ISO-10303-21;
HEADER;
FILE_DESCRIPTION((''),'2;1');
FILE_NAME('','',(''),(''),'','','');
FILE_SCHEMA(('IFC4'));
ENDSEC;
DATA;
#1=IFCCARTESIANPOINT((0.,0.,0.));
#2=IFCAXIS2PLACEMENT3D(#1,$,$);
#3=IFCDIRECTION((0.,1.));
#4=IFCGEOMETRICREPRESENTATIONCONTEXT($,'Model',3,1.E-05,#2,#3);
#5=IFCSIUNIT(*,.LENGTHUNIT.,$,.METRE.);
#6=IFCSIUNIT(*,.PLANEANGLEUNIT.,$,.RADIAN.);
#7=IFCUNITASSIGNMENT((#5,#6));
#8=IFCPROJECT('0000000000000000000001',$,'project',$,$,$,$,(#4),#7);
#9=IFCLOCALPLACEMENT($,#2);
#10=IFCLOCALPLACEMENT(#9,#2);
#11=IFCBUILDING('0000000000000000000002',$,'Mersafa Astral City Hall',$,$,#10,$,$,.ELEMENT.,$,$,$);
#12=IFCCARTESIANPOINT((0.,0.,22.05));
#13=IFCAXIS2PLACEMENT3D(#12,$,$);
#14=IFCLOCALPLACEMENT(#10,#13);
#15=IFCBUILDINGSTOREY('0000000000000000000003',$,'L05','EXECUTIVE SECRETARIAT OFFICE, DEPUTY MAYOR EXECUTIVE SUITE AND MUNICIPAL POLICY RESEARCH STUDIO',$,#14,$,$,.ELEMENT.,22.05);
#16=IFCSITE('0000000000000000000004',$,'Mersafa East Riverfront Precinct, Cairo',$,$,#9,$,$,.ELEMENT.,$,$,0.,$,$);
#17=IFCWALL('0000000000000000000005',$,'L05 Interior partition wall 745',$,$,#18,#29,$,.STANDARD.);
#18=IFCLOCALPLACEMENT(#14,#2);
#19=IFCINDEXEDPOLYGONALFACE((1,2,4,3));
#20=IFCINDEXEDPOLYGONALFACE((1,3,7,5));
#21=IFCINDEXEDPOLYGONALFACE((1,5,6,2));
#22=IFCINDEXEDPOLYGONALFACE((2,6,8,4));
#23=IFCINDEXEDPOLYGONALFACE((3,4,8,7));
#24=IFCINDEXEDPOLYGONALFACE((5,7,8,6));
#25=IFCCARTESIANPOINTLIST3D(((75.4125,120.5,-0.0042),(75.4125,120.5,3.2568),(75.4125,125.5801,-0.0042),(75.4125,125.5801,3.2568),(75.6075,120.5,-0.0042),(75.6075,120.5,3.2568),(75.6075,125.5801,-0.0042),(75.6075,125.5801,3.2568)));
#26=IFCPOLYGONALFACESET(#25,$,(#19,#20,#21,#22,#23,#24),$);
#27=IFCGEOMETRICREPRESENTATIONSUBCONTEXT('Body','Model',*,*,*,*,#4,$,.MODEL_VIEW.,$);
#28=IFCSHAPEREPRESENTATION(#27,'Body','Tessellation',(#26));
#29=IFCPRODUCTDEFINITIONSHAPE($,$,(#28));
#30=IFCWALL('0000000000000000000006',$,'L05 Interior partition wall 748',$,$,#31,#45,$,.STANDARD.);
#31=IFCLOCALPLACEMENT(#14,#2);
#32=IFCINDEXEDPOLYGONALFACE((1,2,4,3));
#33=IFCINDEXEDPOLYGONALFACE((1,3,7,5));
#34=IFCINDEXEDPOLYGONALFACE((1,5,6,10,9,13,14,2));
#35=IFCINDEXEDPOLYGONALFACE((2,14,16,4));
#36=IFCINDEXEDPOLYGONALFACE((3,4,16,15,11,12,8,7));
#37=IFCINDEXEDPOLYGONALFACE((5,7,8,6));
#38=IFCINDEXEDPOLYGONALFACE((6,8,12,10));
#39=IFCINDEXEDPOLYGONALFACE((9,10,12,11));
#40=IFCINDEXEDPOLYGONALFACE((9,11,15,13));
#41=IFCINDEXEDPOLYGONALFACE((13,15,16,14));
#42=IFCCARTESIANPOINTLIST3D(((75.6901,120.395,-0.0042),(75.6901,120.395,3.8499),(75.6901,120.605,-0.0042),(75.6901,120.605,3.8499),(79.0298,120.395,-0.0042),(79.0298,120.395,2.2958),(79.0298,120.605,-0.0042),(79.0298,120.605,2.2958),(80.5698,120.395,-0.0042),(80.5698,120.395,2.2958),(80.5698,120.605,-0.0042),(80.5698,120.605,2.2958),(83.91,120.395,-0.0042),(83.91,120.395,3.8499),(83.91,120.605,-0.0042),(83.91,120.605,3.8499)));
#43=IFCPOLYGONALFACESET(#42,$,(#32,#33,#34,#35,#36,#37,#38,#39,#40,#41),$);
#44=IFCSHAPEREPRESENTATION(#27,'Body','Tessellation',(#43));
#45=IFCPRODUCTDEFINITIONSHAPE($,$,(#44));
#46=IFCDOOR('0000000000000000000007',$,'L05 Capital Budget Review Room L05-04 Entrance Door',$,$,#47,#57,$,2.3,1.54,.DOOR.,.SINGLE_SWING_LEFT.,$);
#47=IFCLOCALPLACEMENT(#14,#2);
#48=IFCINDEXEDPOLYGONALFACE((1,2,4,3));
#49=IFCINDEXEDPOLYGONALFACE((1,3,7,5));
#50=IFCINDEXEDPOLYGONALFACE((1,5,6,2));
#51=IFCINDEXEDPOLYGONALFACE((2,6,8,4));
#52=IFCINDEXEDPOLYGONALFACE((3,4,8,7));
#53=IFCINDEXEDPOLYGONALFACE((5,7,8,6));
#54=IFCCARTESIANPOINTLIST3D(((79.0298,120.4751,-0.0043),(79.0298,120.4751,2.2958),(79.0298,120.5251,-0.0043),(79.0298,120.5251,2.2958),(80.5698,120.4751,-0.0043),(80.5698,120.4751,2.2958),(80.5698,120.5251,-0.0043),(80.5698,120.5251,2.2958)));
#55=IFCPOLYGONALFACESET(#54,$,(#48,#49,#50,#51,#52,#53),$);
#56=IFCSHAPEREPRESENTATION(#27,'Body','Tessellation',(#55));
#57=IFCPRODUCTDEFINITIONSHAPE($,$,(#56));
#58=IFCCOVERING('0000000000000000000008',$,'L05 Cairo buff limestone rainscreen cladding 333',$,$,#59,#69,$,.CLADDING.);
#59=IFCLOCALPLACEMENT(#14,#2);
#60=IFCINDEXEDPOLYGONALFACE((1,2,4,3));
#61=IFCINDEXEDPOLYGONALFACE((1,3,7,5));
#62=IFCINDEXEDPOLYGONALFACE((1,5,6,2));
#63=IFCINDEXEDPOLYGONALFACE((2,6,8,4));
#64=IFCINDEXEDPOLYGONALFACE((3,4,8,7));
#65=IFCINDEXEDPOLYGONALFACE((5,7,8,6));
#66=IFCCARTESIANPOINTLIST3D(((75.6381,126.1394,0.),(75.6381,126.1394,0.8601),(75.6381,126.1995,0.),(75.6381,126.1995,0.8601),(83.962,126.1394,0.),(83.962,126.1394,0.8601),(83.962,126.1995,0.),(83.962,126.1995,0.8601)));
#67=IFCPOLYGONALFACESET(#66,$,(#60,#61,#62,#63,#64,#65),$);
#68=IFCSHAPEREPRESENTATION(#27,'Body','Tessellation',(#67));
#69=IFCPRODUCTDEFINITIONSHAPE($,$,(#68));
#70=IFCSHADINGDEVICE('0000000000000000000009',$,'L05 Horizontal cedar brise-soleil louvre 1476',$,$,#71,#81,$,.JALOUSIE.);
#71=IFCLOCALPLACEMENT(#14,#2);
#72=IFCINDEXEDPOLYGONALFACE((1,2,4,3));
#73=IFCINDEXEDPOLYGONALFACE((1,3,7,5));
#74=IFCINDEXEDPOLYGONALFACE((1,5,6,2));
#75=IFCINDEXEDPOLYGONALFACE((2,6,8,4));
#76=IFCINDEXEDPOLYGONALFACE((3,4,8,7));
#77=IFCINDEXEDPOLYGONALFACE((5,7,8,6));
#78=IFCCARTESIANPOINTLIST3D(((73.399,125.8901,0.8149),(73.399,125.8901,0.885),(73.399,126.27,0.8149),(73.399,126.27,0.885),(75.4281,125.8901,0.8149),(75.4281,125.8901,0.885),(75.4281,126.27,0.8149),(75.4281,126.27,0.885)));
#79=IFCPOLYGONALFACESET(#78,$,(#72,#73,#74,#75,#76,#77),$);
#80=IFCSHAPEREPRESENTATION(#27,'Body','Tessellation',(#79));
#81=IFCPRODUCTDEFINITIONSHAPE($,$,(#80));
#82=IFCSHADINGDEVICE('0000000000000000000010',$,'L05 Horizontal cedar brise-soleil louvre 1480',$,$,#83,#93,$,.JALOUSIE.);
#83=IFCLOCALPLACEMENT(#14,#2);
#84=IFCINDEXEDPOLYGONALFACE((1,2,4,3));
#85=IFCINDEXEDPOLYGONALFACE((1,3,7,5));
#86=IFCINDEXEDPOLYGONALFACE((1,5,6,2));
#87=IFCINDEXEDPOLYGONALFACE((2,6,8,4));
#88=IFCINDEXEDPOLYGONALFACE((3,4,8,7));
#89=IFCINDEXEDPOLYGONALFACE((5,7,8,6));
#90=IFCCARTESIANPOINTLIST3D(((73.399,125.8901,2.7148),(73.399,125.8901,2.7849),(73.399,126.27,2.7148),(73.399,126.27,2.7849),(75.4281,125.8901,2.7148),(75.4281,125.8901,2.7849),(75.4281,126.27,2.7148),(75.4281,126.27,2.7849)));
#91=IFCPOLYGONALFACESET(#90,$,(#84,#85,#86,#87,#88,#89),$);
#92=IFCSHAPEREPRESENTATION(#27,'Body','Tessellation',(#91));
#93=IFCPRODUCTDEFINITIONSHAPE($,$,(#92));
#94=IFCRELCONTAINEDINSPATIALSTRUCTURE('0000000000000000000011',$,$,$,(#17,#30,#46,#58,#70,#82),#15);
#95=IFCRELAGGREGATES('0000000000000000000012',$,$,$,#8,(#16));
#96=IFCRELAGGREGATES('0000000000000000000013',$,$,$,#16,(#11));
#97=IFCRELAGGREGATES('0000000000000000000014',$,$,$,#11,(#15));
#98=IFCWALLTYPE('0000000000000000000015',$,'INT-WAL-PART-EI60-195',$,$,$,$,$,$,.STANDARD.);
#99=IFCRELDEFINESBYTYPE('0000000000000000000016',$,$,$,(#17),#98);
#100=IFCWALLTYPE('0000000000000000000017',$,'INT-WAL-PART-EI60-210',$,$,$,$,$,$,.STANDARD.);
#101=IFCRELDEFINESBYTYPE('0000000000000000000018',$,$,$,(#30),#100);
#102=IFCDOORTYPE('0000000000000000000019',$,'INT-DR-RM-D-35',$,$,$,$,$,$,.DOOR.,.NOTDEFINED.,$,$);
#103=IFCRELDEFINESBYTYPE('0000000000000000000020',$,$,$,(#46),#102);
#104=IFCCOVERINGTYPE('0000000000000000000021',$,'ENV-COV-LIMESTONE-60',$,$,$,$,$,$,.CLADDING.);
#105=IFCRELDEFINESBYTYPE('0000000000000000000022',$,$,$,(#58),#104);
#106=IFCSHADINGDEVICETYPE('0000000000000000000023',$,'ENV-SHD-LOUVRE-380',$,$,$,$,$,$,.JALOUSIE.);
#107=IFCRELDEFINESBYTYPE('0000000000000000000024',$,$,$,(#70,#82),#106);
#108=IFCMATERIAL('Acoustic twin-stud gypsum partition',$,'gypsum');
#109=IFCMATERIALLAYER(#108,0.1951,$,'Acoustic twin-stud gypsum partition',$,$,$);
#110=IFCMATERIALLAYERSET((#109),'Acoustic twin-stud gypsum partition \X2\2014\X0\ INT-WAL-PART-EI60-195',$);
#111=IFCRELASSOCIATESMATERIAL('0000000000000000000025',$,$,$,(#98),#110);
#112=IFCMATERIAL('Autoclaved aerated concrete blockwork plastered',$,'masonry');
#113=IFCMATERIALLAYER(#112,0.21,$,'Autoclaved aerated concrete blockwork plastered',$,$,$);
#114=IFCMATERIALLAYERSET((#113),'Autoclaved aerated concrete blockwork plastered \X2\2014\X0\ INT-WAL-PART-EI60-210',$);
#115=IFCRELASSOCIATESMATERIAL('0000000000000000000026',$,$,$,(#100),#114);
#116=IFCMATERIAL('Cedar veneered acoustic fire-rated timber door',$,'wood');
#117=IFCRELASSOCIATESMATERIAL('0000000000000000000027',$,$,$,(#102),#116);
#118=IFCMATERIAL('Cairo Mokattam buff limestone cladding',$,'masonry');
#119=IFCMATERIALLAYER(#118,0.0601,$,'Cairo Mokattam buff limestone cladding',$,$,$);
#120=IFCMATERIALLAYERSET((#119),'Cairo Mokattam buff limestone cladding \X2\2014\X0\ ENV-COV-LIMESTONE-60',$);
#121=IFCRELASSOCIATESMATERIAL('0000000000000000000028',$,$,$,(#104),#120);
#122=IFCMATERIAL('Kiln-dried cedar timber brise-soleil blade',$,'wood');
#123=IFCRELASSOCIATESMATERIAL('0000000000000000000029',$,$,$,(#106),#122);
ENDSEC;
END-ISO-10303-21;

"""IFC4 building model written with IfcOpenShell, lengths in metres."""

from ifc_helpers import new_model, si_unit, direction, frame, frame_2d, origin, origin_2d, place, context, subcontext, project, spatial, rectangle, extrude, material, layer, layer_set, type_object, element, fill, save


model = new_model("IFC4")

# Units and contexts
model_context = context("Model", 3, precision=1e-05, world=origin(), true_north=direction((0.0, 1.0)))
body_context = subcontext(model_context, "Body", "Model", "MODEL_VIEW")
ifc_project = project(units=[si_unit("LENGTHUNIT", "METRE"), si_unit("PLANEANGLEUNIT", "RADIAN")], contexts=[model_context])

# Site, building, storey
site_placement = place(None, origin())
site = spatial("IfcSite", under=ifc_project, at=site_placement, Name="Mersafa East Riverfront Precinct, Cairo", CompositionType="ELEMENT", RefElevation=0.0)
building_placement = place(site_placement, origin())
building = spatial("IfcBuilding", under=site, at=building_placement, Name="Mersafa Astral City Hall", CompositionType="ELEMENT")
storey_placement = place(building_placement, frame((0.0, 0.0, 22.05)))
storey = spatial("IfcBuildingStorey", under=building, at=storey_placement, Name="L05", Description="EXECUTIVE SECRETARIAT OFFICE, DEPUTY MAYOR EXECUTIVE SUITE AND MUNICIPAL POLICY RESEARCH STUDIO", CompositionType="ELEMENT", Elevation=22.05)

# Shared definitions
ifc_material_1 = material(Name="Acoustic twin-stud gypsum partition", Category="gypsum")
ifc_material_2 = material(Name="Cedar veneered acoustic fire-rated timber door", Category="wood")

# Wall
ifc_layer_1 = layer(ifc_material_1, 0.1951, Name="Acoustic twin-stud gypsum partition")
ifc_layer_set_1 = layer_set([ifc_layer_1], Name="Acoustic twin-stud gypsum partition — INT-WAL-PART-EI60-195")
wall_type_1 = type_object("IfcWallType", Name="INT-WAL-PART-EI60-195", PredefinedType="STANDARD", material=ifc_layer_set_1)
wall_1_placement = place(storey_placement, frame((75.51, 125.5801, -0.0042), z_axis=(0.0, 0.0, 1.0), x_axis=(0.0, -1.0, 0.0)))
element("IfcWall", 1, at=wall_1_placement, inside=storey, type_object=wall_type_1, Name="L05 Interior partition wall 745", PredefinedType="STANDARD", context=body_context, shape_type="SweptSolid", body=[
    extrude(rectangle(XDim=5.0801, YDim=0.1951, at=frame_2d((2.54, 0.0))), origin(), (0.0, 0.0, 1.0), 3.261),
])

# Wall, opening, door
ifc_material_3 = material(Name="Autoclaved aerated concrete blockwork plastered", Category="masonry")
ifc_layer_2 = layer(ifc_material_3, 0.21, Name="Autoclaved aerated concrete blockwork plastered")
ifc_layer_set_2 = layer_set([ifc_layer_2], Name="Autoclaved aerated concrete blockwork plastered — INT-WAL-PART-EI60-210")
wall_type_2 = type_object("IfcWallType", Name="INT-WAL-PART-EI60-210", PredefinedType="STANDARD", material=ifc_layer_set_2)
wall_2_placement = place(storey_placement, frame((83.9099, 120.5, -0.0042), z_axis=(0.0, 0.0, 1.0), x_axis=(-1.0, 0.0, 0.0)))
wall_2 = element("IfcWall", 2, at=wall_2_placement, inside=storey, type_object=wall_type_2, Name="L05 Interior partition wall 748", PredefinedType="STANDARD", context=body_context, shape_type="SweptSolid", body=[
    extrude(rectangle(XDim=8.22, YDim=0.21, at=frame_2d((4.1099, 0.0))), origin(), (0.0, 0.0, 1.0), 3.854),
])
opening_1_placement = place(wall_2_placement, frame((3.3401, 0.0, 0.0)))
opening_1 = element("IfcOpeningElement", 3, at=opening_1_placement, cuts=wall_2, PredefinedType="OPENING", context=body_context, shape_type="SweptSolid", body=[
    extrude(rectangle(XDim=1.54, YDim=2.3, at=frame_2d((0.77, 1.1499))), frame((0.0, 0.115, 0.0), z_axis=(0.0, -1.0, 0.0), x_axis=(1.0, 0.0, 0.0)), (0.0, 0.0, 1.0), 0.23),
])
door_type_1 = type_object("IfcDoorType", Name="INT-DR-RM-D-35", OperationType="NOTDEFINED", PredefinedType="DOOR", material=ifc_material_2)
door_1_placement = place(opening_1_placement, origin())
door_1 = element("IfcDoor", 4, at=door_1_placement, inside=storey, type_object=door_type_1, Name="L05 Capital Budget Review Room L05-04 Entrance Door", OperationType="SINGLE_SWING_LEFT", OverallHeight=2.3, OverallWidth=1.54, PredefinedType="DOOR", context=body_context, shape_type="SweptSolid", body=[
    extrude(rectangle(XDim=1.54, YDim=2.3, at=frame_2d((0.77, 1.1499))), frame((0.0, 0.0249, 0.0), z_axis=(0.0, -1.0, 0.0), x_axis=(1.0, 0.0, 0.0)), (0.0, 0.0, 1.0), 0.05),
])
fill(opening_1, door_1)

# Covering
ifc_material_4 = material(Name="Cairo Mokattam buff limestone cladding", Category="masonry")
ifc_layer_3 = layer(ifc_material_4, 0.0601, Name="Cairo Mokattam buff limestone cladding")
ifc_layer_set_3 = layer_set([ifc_layer_3], Name="Cairo Mokattam buff limestone cladding — ENV-COV-LIMESTONE-60")
covering_type = type_object("IfcCoveringType", Name="ENV-COV-LIMESTONE-60", PredefinedType="CLADDING", material=ifc_layer_set_3)
covering_placement = place(storey_placement, frame((79.8, 126.1694, 0.0), z_axis=(0.0, 0.0, 1.0), x_axis=(-1.0, 0.0, 0.0)))
element("IfcCovering", 5, at=covering_placement, inside=storey, type_object=covering_type, Name="L05 Cairo buff limestone rainscreen cladding 333", PredefinedType="CLADDING", context=body_context, shape_type="SweptSolid", body=[
    extrude(rectangle(XDim=8.324, YDim=0.0601, at=origin_2d()), origin(), (0.0, 0.0, 1.0), 0.8601),
])

# Shading devices
ifc_material_5 = material(Name="Kiln-dried cedar timber brise-soleil blade", Category="wood")
shading_device_type = type_object("IfcShadingDeviceType", Name="ENV-SHD-LOUVRE-380", PredefinedType="JALOUSIE", material=ifc_material_5)
for number, where, z_axis, x_axis, name in (
    (6, (74.4136, 126.0801, 0.8149), (0.0, 0.0, 1.0), (-1.0, 0.0, 0.0), "L05 Horizontal cedar brise-soleil louvre 1476"),
    (7, (74.4136, 126.0801, 2.7148), (0.0, 0.0, 1.0), (-1.0, 0.0, 0.0), "L05 Horizontal cedar brise-soleil louvre 1480"),
):
    element("IfcShadingDevice", number, at=place(storey_placement, frame(where, z_axis=z_axis, x_axis=x_axis)), inside=storey, type_object=shading_device_type, Name=name, PredefinedType="JALOUSIE", context=body_context, shape_type="SweptSolid", body=[
        extrude(rectangle(XDim=2.0291, YDim=0.3799, at=origin_2d()), origin(), (0.0, 0.0, 1.0), 0.0701),
    ])

save(model, "model.ifc")
